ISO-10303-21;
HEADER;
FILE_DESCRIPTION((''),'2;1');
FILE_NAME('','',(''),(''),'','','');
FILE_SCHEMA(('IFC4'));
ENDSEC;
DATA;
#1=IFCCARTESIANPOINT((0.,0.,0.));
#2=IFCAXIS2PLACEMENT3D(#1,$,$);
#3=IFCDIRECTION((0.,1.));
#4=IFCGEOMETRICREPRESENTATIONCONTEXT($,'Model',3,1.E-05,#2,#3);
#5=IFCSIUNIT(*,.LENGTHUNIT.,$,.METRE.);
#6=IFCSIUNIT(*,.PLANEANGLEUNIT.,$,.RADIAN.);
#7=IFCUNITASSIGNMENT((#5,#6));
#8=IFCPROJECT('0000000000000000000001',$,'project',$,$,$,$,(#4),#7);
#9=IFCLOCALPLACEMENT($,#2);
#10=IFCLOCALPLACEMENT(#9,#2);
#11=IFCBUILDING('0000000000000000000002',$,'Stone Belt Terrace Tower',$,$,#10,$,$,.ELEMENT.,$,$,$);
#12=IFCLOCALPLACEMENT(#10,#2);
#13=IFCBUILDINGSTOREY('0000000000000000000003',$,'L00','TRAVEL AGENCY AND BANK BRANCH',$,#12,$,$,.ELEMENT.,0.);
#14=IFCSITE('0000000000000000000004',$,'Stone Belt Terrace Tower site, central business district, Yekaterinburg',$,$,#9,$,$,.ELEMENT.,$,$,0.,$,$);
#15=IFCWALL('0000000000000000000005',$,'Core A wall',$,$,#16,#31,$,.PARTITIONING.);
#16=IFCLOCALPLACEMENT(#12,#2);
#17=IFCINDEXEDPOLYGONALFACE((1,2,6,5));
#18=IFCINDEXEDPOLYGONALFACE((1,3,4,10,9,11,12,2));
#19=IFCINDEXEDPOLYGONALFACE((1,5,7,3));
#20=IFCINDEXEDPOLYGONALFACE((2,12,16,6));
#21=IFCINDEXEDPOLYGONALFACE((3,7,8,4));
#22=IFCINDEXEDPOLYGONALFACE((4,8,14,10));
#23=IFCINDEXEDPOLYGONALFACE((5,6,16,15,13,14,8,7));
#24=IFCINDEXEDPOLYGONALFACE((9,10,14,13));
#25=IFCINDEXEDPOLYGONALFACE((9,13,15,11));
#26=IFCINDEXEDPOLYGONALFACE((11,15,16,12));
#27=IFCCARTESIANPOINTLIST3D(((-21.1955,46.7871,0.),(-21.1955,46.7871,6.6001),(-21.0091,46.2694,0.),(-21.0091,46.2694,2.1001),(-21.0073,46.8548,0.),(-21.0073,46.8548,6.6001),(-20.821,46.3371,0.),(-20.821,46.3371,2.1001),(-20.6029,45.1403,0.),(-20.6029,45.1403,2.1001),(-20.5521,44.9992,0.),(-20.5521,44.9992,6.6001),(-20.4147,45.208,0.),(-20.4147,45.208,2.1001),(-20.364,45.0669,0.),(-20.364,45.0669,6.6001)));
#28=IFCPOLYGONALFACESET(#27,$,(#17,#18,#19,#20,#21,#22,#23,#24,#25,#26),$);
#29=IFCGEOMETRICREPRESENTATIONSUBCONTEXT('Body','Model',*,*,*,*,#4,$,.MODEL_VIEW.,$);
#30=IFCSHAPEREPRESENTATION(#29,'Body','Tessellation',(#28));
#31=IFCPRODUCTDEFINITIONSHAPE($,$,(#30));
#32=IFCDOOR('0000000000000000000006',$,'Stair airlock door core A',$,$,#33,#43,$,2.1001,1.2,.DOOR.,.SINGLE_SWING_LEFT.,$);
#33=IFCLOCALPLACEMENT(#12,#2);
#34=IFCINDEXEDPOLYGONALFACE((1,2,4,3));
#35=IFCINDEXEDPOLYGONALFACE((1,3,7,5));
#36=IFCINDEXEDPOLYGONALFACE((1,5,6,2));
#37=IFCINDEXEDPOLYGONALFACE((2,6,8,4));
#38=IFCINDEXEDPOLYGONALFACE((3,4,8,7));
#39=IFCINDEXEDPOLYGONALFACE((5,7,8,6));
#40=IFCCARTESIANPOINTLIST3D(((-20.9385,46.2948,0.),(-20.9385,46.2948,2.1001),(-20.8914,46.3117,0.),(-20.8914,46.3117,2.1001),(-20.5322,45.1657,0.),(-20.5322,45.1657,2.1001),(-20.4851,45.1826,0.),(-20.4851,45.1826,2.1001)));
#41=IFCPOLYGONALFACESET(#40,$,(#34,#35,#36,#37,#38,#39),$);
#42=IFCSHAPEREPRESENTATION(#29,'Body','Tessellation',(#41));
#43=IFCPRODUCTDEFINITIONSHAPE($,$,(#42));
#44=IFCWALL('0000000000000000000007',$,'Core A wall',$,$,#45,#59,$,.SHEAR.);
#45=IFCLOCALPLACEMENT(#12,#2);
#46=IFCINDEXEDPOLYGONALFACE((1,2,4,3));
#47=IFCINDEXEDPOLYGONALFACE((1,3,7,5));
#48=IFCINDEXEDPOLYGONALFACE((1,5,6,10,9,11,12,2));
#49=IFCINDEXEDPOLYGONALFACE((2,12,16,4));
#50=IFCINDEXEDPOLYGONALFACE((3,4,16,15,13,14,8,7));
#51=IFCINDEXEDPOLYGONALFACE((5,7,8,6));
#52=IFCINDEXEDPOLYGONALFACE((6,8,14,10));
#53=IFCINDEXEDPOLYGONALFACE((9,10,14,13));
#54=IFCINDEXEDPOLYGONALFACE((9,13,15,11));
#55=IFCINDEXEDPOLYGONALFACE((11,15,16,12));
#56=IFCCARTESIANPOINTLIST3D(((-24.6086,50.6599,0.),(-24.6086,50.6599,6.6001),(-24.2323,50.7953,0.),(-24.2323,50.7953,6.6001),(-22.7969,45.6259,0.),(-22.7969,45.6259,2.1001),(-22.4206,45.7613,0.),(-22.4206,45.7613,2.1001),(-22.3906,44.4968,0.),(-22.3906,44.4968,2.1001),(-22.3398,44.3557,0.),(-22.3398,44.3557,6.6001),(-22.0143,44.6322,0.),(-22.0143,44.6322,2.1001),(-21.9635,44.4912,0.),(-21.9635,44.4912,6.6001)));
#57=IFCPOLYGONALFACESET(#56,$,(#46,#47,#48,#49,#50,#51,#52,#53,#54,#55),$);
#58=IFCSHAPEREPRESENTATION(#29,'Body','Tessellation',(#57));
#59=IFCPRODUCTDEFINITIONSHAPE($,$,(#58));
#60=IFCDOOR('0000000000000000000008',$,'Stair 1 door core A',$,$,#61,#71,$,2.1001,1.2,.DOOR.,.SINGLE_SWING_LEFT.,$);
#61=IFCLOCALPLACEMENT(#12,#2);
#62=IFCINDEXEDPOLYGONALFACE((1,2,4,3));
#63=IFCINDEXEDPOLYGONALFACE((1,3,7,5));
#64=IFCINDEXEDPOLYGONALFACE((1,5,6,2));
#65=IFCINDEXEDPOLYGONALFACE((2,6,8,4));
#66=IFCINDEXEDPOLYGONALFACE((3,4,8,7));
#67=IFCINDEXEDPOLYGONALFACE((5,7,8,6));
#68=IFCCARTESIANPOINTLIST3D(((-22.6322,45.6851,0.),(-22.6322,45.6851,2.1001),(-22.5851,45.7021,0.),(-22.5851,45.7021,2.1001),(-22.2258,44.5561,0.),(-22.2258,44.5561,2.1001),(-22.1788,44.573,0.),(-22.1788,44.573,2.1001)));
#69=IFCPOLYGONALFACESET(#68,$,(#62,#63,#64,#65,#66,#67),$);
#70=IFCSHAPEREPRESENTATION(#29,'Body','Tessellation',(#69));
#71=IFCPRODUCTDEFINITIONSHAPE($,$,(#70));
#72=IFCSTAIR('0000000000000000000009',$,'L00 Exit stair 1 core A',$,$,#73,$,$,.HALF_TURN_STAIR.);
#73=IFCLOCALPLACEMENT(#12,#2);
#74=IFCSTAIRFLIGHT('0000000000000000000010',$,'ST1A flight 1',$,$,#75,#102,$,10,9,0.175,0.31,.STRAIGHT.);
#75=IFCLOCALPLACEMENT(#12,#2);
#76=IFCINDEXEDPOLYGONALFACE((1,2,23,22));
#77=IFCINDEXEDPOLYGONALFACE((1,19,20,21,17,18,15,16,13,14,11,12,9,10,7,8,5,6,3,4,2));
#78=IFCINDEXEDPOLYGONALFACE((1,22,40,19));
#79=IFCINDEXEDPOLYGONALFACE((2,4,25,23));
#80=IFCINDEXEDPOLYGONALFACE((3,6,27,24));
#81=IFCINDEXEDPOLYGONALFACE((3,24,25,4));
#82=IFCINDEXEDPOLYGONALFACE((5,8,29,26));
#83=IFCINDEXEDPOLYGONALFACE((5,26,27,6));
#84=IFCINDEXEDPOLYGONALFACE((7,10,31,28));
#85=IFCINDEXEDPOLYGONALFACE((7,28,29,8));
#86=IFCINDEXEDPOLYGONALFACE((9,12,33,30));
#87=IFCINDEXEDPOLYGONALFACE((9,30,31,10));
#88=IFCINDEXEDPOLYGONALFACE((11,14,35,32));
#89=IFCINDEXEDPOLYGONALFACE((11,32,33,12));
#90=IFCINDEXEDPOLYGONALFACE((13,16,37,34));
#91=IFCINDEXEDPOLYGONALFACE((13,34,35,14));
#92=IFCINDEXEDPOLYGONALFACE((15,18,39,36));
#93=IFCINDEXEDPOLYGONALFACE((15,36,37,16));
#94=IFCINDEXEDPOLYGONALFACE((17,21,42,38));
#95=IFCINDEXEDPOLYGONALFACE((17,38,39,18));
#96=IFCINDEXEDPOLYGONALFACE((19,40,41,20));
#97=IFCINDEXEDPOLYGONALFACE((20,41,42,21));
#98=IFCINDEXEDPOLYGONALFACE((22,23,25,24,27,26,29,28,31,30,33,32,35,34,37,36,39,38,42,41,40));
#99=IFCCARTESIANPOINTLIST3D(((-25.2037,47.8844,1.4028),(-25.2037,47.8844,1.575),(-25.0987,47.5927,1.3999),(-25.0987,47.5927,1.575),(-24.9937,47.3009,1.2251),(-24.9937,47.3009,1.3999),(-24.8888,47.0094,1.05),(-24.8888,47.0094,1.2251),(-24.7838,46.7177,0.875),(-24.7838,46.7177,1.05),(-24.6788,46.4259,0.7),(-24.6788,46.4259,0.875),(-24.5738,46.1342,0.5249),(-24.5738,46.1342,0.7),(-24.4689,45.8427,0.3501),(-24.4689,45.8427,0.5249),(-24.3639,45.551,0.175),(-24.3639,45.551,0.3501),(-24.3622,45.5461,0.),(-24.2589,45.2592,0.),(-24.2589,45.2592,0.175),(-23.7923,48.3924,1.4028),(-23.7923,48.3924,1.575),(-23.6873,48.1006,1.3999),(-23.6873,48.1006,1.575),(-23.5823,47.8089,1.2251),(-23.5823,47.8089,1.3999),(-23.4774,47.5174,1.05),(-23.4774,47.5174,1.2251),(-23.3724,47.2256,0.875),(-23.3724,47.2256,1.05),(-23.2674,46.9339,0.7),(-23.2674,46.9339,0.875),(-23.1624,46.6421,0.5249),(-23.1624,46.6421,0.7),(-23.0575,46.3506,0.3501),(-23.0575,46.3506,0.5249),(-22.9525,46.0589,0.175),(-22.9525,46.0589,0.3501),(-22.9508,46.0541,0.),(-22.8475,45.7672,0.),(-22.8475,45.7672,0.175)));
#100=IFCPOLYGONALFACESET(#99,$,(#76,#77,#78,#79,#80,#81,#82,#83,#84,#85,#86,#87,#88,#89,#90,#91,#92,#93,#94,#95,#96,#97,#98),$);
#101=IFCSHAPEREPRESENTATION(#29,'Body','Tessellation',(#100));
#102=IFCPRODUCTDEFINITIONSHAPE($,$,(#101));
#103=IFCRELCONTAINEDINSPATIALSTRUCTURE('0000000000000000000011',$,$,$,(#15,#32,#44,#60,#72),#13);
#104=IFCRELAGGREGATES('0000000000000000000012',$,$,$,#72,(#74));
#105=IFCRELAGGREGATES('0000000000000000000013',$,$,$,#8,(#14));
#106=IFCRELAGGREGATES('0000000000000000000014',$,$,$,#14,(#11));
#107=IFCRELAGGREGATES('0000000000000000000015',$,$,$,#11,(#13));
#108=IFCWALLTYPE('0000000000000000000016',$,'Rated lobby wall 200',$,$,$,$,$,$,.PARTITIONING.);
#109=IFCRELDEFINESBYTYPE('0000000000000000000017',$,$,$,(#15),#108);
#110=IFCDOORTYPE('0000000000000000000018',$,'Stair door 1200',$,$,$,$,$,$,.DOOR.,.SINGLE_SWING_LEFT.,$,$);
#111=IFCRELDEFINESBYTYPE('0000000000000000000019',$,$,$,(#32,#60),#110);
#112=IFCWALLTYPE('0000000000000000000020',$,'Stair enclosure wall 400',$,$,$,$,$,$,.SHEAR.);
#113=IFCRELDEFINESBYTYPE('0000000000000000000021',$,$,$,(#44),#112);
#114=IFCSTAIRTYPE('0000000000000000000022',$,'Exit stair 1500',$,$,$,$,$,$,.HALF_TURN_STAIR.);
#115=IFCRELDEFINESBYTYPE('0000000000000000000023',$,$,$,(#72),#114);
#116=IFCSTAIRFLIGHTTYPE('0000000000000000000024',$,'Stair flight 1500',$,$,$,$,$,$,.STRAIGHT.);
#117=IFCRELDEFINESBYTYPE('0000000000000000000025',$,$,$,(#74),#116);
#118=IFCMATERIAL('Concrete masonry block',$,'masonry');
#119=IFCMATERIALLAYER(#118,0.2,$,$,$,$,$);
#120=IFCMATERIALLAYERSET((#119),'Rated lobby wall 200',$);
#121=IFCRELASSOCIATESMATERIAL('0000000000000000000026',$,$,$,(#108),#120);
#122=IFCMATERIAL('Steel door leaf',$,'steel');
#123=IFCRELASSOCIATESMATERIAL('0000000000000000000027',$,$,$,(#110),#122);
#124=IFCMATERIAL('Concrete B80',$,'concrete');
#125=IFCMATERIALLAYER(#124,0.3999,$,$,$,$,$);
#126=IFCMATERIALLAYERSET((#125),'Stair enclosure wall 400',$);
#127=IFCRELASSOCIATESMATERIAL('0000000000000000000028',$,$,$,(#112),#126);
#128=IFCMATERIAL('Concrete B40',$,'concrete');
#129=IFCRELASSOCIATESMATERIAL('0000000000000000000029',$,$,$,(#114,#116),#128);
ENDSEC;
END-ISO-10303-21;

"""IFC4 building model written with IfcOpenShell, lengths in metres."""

from ifc_helpers import new_model, si_unit, direction, frame, frame_2d, origin, place, context, subcontext, project, spatial, polyline, rectangle, outline, extrude, material, layer, layer_set, type_object, element, fill, aggregate, save


model = new_model("IFC4")

# Units and contexts
model_context = context("Model", 3, precision=1e-05, world=origin(), true_north=direction((0.0, 1.0)))
body_context = subcontext(model_context, "Body", "Model", "MODEL_VIEW")
ifc_project = project(units=[si_unit("LENGTHUNIT", "METRE"), si_unit("PLANEANGLEUNIT", "RADIAN")], contexts=[model_context])

# Site, building, storey
site_placement = place(None, origin())
site = spatial("IfcSite", under=ifc_project, at=site_placement, Name="Stone Belt Terrace Tower site, central business district, Yekaterinburg", CompositionType="ELEMENT", RefElevation=0.0)
building_placement = place(site_placement, origin())
building = spatial("IfcBuilding", under=site, at=building_placement, Name="Stone Belt Terrace Tower", CompositionType="ELEMENT")
storey_placement = place(building_placement, origin())
storey = spatial("IfcBuildingStorey", under=building, at=storey_placement, Name="L00", Description="TRAVEL AGENCY AND BANK BRANCH", CompositionType="ELEMENT", Elevation=0.0)

# Shared definitions
ifc_material_1 = material(Name="Concrete B80", Category="concrete")

# Walls, openings, doors
ifc_material_2 = material(Name="Concrete masonry block", Category="masonry")
ifc_layer_1 = layer(ifc_material_2, 0.2)
ifc_layer_set_1 = layer_set([ifc_layer_1], Name="Rated lobby wall 200")
wall_type_1 = type_object("IfcWallType", Name="Rated lobby wall 200", PredefinedType="PARTITIONING", material=ifc_layer_set_1)
wall_1_placement = place(storey_placement, frame((-20.458, 45.033, 0.0), z_axis=(0.0, 0.0, 1.0), x_axis=(-0.338574, 0.94094, 0.0)))
wall_1 = element("IfcWall", 1, at=wall_1_placement, inside=storey, type_object=wall_type_1, Name="Core A wall", PredefinedType="PARTITIONING", context=body_context, shape_type="SweptSolid", body=[
    extrude(rectangle(XDim=1.9001, YDim=0.2, at=frame_2d((0.9502, 0.0))), origin(), (0.0, 0.0, 1.0), 6.6001),
])
opening_1_placement = place(wall_1_placement, frame((0.1499, 0.0, 0.0)))
opening_1 = element("IfcOpeningElement", 2, at=opening_1_placement, cuts=wall_1, PredefinedType="OPENING", context=body_context, shape_type="SweptSolid", body=[
    extrude(rectangle(XDim=1.2, YDim=2.1001, at=frame_2d((0.6001, 1.05))), frame((0.0, 0.1099, 0.0), z_axis=(0.0, -1.0, 0.0), x_axis=(1.0, 0.0, 0.0)), (0.0, 0.0, 1.0), 0.22),
])
ifc_material_3 = material(Name="Steel door leaf", Category="steel")
door_type_1 = type_object("IfcDoorType", Name="Stair door 1200", OperationType="SINGLE_SWING_LEFT", PredefinedType="DOOR", material=ifc_material_3)
door_1_placement = place(opening_1_placement, origin())
door_1 = element("IfcDoor", 3, at=door_1_placement, inside=storey, type_object=door_type_1, Name="Stair airlock door core A", OperationType="SINGLE_SWING_LEFT", OverallHeight=2.1001, OverallWidth=1.2, PredefinedType="DOOR", context=body_context, shape_type="SweptSolid", body=[
    extrude(rectangle(XDim=1.2, YDim=2.1001, at=frame_2d((0.6001, 1.05))), frame((0.0, 0.0249, 0.0), z_axis=(0.0, -1.0, 0.0), x_axis=(1.0, 0.0, 0.0)), (0.0, 0.0, 1.0), 0.05),
])
fill(opening_1, door_1)
ifc_layer_2 = layer(ifc_material_1, 0.3999)
ifc_layer_set_2 = layer_set([ifc_layer_2], Name="Stair enclosure wall 400")
wall_type_2 = type_object("IfcWallType", Name="Stair enclosure wall 400", PredefinedType="SHEAR", material=ifc_layer_set_2)
wall_2_placement = place(storey_placement, frame((-22.1516, 44.4233, 0.0), z_axis=(0.0, 0.0, 1.0), x_axis=(-0.338625, 0.940921, 0.0)))
wall_2 = element("IfcWall", 4, at=wall_2_placement, inside=storey, type_object=wall_type_2, Name="Core A wall", PredefinedType="SHEAR", context=body_context, shape_type="SweptSolid", body=[
    extrude(rectangle(XDim=6.7, YDim=0.3999, at=frame_2d((3.3501, 0.0))), origin(), (0.0, 0.0, 1.0), 6.6001),
])
opening_2_placement = place(wall_2_placement, frame((0.1499, 0.0, 0.0)))
opening_2 = element("IfcOpeningElement", 5, at=opening_2_placement, cuts=wall_2, PredefinedType="OPENING", context=body_context, shape_type="SweptSolid", body=[
    extrude(rectangle(XDim=1.2, YDim=2.1001, at=frame_2d((0.6001, 1.05))), frame((0.0, 0.21, 0.0), z_axis=(0.0, -1.0, 0.0), x_axis=(1.0, 0.0, 0.0)), (0.0, 0.0, 1.0), 0.4199),
])
door_2_placement = place(opening_2_placement, origin())
door_2 = element("IfcDoor", 6, at=door_2_placement, inside=storey, type_object=door_type_1, Name="Stair 1 door core A", OperationType="SINGLE_SWING_LEFT", OverallHeight=2.1001, OverallWidth=1.2, PredefinedType="DOOR", context=body_context, shape_type="SweptSolid", body=[
    extrude(rectangle(XDim=1.2, YDim=2.1001, at=frame_2d((0.6001, 1.05))), frame((0.0, 0.0249, 0.0), z_axis=(0.0, -1.0, 0.0), x_axis=(1.0, 0.0, 0.0)), (0.0, 0.0, 1.0), 0.05),
])
fill(opening_2, door_2)

# Stair, stair flight
ifc_material_4 = material(Name="Concrete B40", Category="concrete")
stair_type = type_object("IfcStairType", Name="Exit stair 1500", PredefinedType="HALF_TURN_STAIR", material=ifc_material_4)
stair_placement = place(storey_placement, origin())
stair = element("IfcStair", 7, at=stair_placement, inside=storey, type_object=stair_type, Name="L00 Exit stair 1 core A", PredefinedType="HALF_TURN_STAIR")
stair_flight_type = type_object("IfcStairFlightType", Name="Stair flight 1500", PredefinedType="STRAIGHT", material=ifc_material_4)
stair_flight_placement = place(storey_placement, frame((-23.5532, 45.5132, 0.0), z_axis=(0.0, 0.0, 1.0), x_axis=(-0.338624, 0.940922, 0.0)))
stair_flight = element("IfcStairFlight", 8, at=stair_flight_placement, type_object=stair_flight_type, Name="ST1A flight 1", NumberOfRisers=10, NumberOfTreads=9, PredefinedType="STRAIGHT", RiserHeight=0.175, TreadLength=0.31, context=body_context, shape_type="SweptSolid", body=[
    extrude(outline(polyline([(0.0, 0.0), (0.0, 0.175), (0.3101, 0.175), (0.3101, 0.3501), (0.6201, 0.3501), (0.6201, 0.5249), (0.9299, 0.5249), (0.9299, 0.7), (1.24, 0.7), (1.24, 0.875), (1.55, 0.875), (1.55, 1.05), (1.8601, 1.05), (1.8601, 1.2251), (2.1699, 1.2251), (2.1699, 1.3999), (2.48, 1.3999), (2.48, 1.575), (2.79, 1.575), (2.79, 1.75), (2.79, 1.4028), (0.3049, 0.0), (0.0, 0.0)])), frame((0.0, 0.75, 0.0), z_axis=(0.0, -1.0, 0.0), x_axis=(1.0, 0.0, 0.0)), (0.0, 0.0, 1.0), 1.5),
])
aggregate(stair, [stair_flight])

save(model, "model.ifc")
